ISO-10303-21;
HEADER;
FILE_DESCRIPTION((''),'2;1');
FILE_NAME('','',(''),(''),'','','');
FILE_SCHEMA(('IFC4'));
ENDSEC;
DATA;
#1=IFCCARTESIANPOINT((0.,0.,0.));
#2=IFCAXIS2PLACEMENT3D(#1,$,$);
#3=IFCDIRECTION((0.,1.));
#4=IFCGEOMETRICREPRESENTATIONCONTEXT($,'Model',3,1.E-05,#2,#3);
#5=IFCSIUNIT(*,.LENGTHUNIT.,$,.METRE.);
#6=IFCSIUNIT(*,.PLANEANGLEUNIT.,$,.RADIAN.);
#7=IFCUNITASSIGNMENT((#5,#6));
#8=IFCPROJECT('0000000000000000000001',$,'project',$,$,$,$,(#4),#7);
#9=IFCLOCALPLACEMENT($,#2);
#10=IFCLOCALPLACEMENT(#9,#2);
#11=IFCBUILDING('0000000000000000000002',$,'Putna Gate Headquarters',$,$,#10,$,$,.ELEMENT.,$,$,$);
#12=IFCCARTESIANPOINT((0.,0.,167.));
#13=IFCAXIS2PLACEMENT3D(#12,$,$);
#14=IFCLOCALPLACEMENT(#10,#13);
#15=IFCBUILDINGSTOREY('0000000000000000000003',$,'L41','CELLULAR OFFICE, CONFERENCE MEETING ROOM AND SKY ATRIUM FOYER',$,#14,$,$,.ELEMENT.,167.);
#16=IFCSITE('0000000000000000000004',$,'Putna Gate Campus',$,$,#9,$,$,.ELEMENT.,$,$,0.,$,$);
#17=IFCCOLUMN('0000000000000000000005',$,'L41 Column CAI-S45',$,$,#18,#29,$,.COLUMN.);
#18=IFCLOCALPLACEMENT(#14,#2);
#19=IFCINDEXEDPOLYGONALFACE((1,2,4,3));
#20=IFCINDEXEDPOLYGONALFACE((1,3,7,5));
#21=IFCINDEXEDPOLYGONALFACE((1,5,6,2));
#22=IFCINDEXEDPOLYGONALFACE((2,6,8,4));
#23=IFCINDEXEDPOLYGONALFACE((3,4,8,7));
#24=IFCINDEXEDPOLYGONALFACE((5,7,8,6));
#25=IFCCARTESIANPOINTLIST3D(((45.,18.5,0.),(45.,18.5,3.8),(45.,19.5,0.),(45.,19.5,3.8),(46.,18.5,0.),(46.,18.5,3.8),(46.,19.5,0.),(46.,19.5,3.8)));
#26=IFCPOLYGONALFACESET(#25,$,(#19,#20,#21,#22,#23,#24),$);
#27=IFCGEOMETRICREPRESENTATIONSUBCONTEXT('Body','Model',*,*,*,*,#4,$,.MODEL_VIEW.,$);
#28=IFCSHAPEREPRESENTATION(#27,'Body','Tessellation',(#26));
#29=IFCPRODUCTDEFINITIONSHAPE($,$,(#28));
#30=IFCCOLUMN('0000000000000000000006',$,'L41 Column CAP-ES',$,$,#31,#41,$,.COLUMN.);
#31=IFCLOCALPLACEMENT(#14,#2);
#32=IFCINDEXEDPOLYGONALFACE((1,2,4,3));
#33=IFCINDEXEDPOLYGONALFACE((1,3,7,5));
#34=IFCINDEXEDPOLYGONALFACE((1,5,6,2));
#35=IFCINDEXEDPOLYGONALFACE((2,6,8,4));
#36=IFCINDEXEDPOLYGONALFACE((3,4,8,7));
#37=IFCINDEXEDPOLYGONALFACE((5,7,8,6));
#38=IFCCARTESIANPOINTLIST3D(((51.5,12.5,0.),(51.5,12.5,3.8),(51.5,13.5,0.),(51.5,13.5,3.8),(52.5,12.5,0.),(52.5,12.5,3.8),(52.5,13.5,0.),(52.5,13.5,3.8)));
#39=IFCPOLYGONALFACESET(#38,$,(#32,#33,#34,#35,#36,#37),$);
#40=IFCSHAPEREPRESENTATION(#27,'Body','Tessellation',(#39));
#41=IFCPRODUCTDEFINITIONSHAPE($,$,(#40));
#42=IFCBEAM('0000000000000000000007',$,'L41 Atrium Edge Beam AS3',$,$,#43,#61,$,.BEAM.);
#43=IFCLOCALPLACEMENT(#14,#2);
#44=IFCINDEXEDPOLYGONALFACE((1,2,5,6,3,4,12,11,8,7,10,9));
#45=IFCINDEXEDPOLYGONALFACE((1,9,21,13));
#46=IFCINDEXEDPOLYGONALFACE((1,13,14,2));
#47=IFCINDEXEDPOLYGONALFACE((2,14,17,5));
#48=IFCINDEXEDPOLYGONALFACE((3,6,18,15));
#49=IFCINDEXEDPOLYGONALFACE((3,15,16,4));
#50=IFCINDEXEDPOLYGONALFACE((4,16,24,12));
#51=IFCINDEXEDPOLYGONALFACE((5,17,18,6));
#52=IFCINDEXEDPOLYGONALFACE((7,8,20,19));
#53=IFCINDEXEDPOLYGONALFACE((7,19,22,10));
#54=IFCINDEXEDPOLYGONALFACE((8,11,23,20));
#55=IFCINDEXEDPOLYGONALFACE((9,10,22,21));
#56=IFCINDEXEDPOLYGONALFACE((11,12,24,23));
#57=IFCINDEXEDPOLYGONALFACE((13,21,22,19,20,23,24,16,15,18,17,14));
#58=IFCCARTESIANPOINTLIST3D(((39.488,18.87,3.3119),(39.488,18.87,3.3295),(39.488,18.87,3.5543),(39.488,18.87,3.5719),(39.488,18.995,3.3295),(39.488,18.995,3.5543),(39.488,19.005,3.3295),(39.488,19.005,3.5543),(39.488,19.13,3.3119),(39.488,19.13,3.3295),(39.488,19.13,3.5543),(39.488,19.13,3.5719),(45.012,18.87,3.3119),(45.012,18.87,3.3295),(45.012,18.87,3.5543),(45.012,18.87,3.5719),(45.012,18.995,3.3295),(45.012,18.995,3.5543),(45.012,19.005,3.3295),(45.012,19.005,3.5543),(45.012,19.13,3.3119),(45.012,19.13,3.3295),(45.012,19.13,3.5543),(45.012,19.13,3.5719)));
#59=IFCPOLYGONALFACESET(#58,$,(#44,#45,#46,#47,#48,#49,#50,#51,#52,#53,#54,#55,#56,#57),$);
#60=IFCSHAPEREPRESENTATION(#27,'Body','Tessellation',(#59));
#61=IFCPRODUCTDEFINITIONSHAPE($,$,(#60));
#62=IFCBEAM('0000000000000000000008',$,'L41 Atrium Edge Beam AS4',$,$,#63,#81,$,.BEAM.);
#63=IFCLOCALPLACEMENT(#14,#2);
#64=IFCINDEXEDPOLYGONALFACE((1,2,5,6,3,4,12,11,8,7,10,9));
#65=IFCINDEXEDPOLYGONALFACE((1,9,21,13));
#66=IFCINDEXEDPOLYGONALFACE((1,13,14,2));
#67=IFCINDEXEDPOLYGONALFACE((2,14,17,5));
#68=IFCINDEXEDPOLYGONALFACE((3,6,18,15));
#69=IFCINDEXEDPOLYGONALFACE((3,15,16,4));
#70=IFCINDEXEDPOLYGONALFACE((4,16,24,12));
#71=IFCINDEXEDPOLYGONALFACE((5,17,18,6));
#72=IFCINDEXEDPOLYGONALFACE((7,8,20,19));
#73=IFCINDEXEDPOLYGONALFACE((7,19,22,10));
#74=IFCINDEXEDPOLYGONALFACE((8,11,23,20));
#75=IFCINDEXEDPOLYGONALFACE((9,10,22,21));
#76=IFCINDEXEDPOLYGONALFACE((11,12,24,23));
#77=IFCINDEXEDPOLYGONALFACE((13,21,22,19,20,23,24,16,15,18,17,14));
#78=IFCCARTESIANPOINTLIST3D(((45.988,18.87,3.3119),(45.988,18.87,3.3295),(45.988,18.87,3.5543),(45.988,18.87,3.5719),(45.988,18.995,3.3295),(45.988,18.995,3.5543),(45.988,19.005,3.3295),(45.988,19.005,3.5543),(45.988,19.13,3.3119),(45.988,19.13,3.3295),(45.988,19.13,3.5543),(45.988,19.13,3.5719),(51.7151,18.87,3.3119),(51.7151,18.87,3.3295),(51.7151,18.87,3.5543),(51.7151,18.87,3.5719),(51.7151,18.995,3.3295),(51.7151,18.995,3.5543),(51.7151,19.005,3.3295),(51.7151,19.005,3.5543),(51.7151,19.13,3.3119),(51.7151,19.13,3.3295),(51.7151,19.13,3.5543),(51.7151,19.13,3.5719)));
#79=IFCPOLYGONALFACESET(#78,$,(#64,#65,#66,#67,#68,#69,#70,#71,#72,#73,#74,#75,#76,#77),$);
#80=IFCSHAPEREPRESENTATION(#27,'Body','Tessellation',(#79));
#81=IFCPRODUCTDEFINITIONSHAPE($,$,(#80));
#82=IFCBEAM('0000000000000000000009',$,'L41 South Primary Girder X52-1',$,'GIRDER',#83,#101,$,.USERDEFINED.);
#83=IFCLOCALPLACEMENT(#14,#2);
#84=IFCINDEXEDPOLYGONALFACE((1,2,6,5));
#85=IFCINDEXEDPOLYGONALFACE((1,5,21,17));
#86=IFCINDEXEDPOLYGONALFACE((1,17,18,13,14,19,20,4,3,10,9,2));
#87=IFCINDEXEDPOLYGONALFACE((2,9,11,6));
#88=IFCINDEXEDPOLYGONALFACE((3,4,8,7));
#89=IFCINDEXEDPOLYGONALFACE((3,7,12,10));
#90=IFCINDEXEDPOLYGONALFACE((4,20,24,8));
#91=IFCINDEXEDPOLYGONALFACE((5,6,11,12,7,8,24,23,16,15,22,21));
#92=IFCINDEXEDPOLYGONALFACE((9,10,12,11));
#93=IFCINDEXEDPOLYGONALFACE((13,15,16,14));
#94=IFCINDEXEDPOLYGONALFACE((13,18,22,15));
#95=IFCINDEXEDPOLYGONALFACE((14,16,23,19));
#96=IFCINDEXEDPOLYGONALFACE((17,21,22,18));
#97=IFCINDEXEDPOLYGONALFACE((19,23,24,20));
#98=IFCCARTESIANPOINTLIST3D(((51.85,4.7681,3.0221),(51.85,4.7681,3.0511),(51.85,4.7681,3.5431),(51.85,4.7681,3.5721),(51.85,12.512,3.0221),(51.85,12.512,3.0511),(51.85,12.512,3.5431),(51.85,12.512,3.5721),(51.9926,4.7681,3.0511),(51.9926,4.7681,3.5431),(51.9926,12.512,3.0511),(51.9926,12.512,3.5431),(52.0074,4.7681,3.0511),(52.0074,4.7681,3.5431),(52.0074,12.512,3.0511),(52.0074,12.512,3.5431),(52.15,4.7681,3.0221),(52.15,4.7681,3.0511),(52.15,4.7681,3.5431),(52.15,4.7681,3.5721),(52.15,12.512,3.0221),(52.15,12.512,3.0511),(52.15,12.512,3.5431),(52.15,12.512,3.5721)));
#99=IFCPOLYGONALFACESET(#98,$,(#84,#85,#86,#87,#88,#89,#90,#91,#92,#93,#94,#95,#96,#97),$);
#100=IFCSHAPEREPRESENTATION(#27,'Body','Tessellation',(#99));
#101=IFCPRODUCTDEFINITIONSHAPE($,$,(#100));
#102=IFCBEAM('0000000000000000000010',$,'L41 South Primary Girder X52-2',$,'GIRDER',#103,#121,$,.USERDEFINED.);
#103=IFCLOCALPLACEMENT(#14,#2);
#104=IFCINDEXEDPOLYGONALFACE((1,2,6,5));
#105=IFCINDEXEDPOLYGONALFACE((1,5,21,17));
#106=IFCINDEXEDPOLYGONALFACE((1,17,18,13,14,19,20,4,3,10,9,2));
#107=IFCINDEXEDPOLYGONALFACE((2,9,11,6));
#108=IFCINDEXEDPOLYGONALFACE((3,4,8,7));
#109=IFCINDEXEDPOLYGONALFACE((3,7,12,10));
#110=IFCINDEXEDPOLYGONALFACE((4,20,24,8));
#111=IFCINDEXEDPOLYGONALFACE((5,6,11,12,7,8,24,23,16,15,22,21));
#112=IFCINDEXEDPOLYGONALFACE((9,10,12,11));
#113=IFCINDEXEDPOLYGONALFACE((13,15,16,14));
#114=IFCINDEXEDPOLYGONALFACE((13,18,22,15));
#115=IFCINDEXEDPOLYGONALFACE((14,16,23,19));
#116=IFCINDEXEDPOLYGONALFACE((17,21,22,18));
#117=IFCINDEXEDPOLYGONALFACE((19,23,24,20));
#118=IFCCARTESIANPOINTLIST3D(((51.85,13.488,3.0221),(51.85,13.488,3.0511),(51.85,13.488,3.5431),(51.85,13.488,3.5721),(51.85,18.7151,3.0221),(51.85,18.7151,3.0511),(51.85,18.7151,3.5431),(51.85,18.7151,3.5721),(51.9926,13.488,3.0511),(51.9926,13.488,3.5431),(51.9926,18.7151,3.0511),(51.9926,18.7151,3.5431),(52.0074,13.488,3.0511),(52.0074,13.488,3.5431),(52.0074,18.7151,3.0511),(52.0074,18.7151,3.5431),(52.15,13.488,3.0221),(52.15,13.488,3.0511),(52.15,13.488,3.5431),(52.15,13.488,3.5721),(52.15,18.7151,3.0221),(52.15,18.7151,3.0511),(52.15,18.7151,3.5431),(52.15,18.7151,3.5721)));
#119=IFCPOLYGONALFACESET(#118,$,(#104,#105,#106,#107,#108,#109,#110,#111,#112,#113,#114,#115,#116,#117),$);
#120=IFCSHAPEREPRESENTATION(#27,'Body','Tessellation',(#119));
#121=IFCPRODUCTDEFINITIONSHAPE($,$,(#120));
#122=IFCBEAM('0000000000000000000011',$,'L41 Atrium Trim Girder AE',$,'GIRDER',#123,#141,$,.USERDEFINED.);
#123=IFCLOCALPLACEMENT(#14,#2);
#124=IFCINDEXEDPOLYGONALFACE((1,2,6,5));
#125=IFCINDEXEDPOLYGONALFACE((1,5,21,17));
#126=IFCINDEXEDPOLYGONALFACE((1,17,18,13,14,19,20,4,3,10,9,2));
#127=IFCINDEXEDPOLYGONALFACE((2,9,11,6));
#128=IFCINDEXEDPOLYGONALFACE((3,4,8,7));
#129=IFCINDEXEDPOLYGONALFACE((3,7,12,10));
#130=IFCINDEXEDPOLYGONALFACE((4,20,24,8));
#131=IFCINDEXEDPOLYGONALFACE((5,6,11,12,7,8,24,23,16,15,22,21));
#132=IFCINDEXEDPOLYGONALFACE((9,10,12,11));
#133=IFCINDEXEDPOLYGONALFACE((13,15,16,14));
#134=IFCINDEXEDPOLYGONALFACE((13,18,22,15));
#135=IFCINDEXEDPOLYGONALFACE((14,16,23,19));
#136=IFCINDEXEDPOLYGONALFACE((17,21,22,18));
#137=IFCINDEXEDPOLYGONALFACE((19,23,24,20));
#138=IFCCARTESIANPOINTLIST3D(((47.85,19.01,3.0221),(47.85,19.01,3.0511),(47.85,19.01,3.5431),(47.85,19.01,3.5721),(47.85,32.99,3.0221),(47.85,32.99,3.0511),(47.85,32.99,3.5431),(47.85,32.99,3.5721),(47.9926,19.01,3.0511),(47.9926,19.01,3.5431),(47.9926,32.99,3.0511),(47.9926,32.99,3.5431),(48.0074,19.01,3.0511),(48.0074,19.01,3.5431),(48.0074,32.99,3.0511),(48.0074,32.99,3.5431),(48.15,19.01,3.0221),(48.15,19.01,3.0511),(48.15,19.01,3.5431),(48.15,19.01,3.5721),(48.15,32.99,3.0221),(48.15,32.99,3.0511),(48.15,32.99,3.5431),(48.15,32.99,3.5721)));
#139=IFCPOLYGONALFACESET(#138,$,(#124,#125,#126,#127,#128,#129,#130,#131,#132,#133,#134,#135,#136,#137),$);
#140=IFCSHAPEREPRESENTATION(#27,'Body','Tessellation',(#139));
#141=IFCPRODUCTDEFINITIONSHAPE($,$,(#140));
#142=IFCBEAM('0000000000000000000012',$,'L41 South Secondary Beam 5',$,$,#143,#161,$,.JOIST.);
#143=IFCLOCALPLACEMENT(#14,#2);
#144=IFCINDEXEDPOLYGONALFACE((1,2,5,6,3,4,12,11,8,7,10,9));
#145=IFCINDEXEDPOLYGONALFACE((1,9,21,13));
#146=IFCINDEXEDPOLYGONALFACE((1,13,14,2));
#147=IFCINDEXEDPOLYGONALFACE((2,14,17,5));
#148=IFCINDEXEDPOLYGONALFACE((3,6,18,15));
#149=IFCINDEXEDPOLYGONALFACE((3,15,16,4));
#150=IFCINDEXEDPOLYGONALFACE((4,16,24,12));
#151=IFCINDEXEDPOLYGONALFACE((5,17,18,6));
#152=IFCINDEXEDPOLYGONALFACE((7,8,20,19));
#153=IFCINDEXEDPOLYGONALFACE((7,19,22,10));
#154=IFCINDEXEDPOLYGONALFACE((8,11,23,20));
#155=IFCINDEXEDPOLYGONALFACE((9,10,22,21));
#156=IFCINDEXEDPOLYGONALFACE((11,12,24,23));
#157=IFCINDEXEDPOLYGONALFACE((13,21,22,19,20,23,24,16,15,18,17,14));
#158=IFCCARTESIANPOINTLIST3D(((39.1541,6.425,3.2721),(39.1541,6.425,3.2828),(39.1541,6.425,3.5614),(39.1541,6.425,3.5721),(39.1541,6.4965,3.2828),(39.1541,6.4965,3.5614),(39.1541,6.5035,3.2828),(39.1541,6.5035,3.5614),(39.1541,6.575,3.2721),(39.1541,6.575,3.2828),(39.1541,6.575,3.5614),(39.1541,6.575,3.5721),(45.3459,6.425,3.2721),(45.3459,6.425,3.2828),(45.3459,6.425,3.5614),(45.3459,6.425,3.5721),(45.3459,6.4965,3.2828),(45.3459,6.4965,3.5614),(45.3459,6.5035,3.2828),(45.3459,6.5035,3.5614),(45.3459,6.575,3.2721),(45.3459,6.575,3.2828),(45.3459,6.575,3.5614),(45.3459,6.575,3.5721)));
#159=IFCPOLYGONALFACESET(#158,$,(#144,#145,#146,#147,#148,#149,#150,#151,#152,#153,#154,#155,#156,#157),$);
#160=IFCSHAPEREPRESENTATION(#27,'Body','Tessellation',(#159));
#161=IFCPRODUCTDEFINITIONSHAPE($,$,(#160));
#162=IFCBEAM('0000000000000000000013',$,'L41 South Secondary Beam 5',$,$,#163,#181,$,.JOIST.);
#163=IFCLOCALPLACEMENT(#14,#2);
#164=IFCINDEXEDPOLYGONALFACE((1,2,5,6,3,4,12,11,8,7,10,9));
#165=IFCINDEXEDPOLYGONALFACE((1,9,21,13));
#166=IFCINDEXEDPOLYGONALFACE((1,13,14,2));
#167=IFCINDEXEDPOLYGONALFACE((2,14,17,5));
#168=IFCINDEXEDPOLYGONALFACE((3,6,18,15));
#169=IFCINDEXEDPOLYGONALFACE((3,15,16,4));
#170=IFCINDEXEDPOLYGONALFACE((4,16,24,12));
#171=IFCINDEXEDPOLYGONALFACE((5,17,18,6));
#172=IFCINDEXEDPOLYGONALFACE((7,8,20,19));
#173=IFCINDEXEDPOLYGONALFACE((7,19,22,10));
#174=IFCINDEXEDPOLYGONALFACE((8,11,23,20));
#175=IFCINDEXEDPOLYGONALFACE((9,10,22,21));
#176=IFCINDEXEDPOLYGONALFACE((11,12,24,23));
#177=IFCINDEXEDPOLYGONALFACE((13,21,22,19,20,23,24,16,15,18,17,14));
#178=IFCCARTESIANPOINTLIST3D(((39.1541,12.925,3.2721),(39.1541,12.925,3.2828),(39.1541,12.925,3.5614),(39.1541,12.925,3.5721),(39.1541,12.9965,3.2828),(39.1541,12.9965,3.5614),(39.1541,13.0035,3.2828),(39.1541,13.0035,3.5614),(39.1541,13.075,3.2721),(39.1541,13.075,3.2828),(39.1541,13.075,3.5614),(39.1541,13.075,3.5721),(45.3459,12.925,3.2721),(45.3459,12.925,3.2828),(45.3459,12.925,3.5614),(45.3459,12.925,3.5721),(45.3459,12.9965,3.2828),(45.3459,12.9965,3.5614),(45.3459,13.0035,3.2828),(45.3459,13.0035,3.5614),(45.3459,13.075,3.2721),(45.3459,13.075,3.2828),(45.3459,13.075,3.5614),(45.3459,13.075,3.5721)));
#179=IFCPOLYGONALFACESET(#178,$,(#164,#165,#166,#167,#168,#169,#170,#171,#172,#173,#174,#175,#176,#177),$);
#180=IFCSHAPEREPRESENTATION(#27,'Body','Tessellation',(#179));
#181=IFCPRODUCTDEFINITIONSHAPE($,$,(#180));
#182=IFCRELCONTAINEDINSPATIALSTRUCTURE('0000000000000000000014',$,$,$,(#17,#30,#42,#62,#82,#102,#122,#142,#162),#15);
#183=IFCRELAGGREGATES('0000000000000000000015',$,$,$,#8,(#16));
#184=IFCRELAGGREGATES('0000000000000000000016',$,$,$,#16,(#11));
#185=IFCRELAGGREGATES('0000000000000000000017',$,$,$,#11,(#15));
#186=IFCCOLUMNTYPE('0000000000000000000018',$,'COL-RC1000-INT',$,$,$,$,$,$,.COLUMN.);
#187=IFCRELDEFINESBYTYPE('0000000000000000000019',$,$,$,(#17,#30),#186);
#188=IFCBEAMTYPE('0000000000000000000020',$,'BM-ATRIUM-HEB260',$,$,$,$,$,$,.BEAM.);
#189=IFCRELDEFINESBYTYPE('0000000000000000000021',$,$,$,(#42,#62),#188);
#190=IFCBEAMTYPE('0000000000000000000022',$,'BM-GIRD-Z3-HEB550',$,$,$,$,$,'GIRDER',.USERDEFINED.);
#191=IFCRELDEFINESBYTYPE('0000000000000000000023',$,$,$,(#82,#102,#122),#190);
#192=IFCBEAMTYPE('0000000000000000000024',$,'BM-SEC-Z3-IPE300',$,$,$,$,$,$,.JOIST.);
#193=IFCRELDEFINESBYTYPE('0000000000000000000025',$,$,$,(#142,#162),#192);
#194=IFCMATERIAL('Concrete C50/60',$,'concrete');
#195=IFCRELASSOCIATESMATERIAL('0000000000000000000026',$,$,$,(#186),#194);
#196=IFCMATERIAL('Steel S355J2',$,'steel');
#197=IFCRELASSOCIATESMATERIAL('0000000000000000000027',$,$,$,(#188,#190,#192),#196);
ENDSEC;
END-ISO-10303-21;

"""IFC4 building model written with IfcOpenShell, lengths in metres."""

from ifc_helpers import new_model, si_unit, direction, frame, origin, origin_2d, place, context, subcontext, project, spatial, rectangle, i_section, extrude, material, material_profile, profile_set, type_object, element, save


model = new_model("IFC4")

# Units and contexts
model_context = context("Model", 3, precision=1e-05, world=origin(), true_north=direction((0.0, 1.0)))
body_context = subcontext(model_context, "Body", "Model", "MODEL_VIEW")
ifc_project = project(units=[si_unit("LENGTHUNIT", "METRE"), si_unit("PLANEANGLEUNIT", "RADIAN")], contexts=[model_context])

# Site, building, storey
site_placement = place(None, origin())
site = spatial("IfcSite", under=ifc_project, at=site_placement, Name="Putna Gate Campus", CompositionType="ELEMENT", RefElevation=0.0)
building_placement = place(site_placement, origin())
building = spatial("IfcBuilding", under=site, at=building_placement, Name="Putna Gate Headquarters", CompositionType="ELEMENT")
storey_placement = place(building_placement, frame((0.0, 0.0, 167.0)))
storey = spatial("IfcBuildingStorey", under=building, at=storey_placement, Name="L41", Description="CELLULAR OFFICE, CONFERENCE MEETING ROOM AND SKY ATRIUM FOYER", CompositionType="ELEMENT", Elevation=167.0)

# Columns
ifc_material_1 = material(Name="Concrete C50/60", Category="concrete")
ifc_material_profile_1 = material_profile(ifc_material_1, rectangle(XDim=1.0, YDim=1.0, at=origin_2d()), Name="Concrete C50/60")
ifc_profile_set_1 = profile_set([ifc_material_profile_1], Name="Concrete C50/60")
column_type = type_object("IfcColumnType", Name="COL-RC1000-INT", PredefinedType="COLUMN", material=ifc_profile_set_1)
for number, where, z_axis, x_axis, name in (
    (1, (45.5, 19.0, 0.0), (0.0, 0.0, 1.0), (1.0, 0.0, 0.0), "L41 Column CAI-S45"),
    (2, (52.0, 13.0, 0.0), (0.0, 0.0, 1.0), (1.0, 0.0, 0.0), "L41 Column CAP-ES"),
):
    element("IfcColumn", number, at=place(storey_placement, frame(where, z_axis=z_axis, x_axis=x_axis)), inside=storey, type_object=column_type, Name=name, PredefinedType="COLUMN", context=body_context, shape_type="SweptSolid", body=[
        extrude(rectangle(XDim=1.0, YDim=1.0, at=origin_2d()), origin(), (0.0, 0.0, 1.0), 3.8),
    ])

# Beams
ifc_material_2 = material(Name="Steel S355J2", Category="steel")
ifc_material_profile_2 = material_profile(ifc_material_2, i_section(OverallWidth=0.26, OverallDepth=0.26, WebThickness=0.01, FlangeThickness=0.0176, at=origin_2d()), Name="Steel S355J2")
ifc_profile_set_2 = profile_set([ifc_material_profile_2], Name="Steel S355J2")
beam_type_1 = type_object("IfcBeamType", Name="BM-ATRIUM-HEB260", PredefinedType="BEAM", material=ifc_profile_set_2)
beam_1_placement = place(storey_placement, frame((39.488, 19.0, 3.4419), z_axis=(1.0, 0.0, 0.0), x_axis=(0.0, 1.0, 0.0)))
element("IfcBeam", 3, at=beam_1_placement, inside=storey, type_object=beam_type_1, Name="L41 Atrium Edge Beam AS3", PredefinedType="BEAM", context=body_context, shape_type="SweptSolid", body=[
    extrude(i_section(OverallWidth=0.26, OverallDepth=0.26, WebThickness=0.01, FlangeThickness=0.0176, at=origin_2d()), origin(), (0.0, 0.0, 1.0), 5.5239),
])
beam_2_placement = place(storey_placement, frame((45.988, 19.0, 3.4419), z_axis=(1.0, 0.0, 0.0), x_axis=(0.0, 1.0, 0.0)))
element("IfcBeam", 4, at=beam_2_placement, inside=storey, type_object=beam_type_1, Name="L41 Atrium Edge Beam AS4", PredefinedType="BEAM", context=body_context, shape_type="SweptSolid", body=[
    extrude(i_section(OverallWidth=0.26, OverallDepth=0.26, WebThickness=0.01, FlangeThickness=0.0176, at=origin_2d()), origin(), (0.0, 0.0, 1.0), 5.7271),
])
ifc_material_profile_3 = material_profile(ifc_material_2, i_section(OverallWidth=0.3, OverallDepth=0.55, WebThickness=0.0149, FlangeThickness=0.0291, at=origin_2d()), Name="Steel S355J2")
ifc_profile_set_3 = profile_set([ifc_material_profile_3], Name="Steel S355J2")
beam_type_2 = type_object("IfcBeamType", Name="BM-GIRD-Z3-HEB550", ElementType="GIRDER", PredefinedType="USERDEFINED", material=ifc_profile_set_3)
beam_3_placement = place(storey_placement, frame((52.0, 4.7681, 3.2971), z_axis=(0.0, 1.0, 0.0), x_axis=(-1.0, 0.0, 0.0)))
element("IfcBeam", 5, at=beam_3_placement, inside=storey, type_object=beam_type_2, Name="L41 South Primary Girder X52-1", ObjectType="GIRDER", PredefinedType="USERDEFINED", context=body_context, shape_type="SweptSolid", body=[
    extrude(i_section(OverallWidth=0.3, OverallDepth=0.55, WebThickness=0.0149, FlangeThickness=0.0291, at=origin_2d()), origin(), (0.0, 0.0, 1.0), 7.7439),
])
beam_4_placement = place(storey_placement, frame((52.0, 13.488, 3.2971), z_axis=(0.0, 1.0, 0.0), x_axis=(-1.0, 0.0, 0.0)))
element("IfcBeam", 6, at=beam_4_placement, inside=storey, type_object=beam_type_2, Name="L41 South Primary Girder X52-2", ObjectType="GIRDER", PredefinedType="USERDEFINED", context=body_context, shape_type="SweptSolid", body=[
    extrude(i_section(OverallWidth=0.3, OverallDepth=0.55, WebThickness=0.0149, FlangeThickness=0.0291, at=origin_2d()), origin(), (0.0, 0.0, 1.0), 5.2271),
])
beam_5_placement = place(storey_placement, frame((48.0, 19.01, 3.2971), z_axis=(0.0, 1.0, 0.0), x_axis=(-1.0, 0.0, 0.0)))
element("IfcBeam", 7, at=beam_5_placement, inside=storey, type_object=beam_type_2, Name="L41 Atrium Trim Girder AE", ObjectType="GIRDER", PredefinedType="USERDEFINED", context=body_context, shape_type="SweptSolid", body=[
    extrude(i_section(OverallWidth=0.3, OverallDepth=0.55, WebThickness=0.0149, FlangeThickness=0.0291, at=origin_2d()), origin(), (0.0, 0.0, 1.0), 13.98),
])
ifc_material_profile_4 = material_profile(ifc_material_2, i_section(OverallWidth=0.1499, OverallDepth=0.3, WebThickness=0.0071, FlangeThickness=0.0107, at=origin_2d()), Name="Steel S355J2")
ifc_profile_set_4 = profile_set([ifc_material_profile_4], Name="Steel S355J2")
beam_type_3 = type_object("IfcBeamType", Name="BM-SEC-Z3-IPE300", PredefinedType="JOIST", material=ifc_profile_set_4)
for number, where, z_axis, x_axis, name in (
    (8, (39.1541, 6.5, 3.4221), (1.0, 0.0, 0.0), (0.0, 1.0, 0.0), "L41 South Secondary Beam 5"),
    (9, (39.1541, 13.0, 3.4221), (1.0, 0.0, 0.0), (0.0, 1.0, 0.0), "L41 South Secondary Beam 5"),
):
    element("IfcBeam", number, at=place(storey_placement, frame(where, z_axis=z_axis, x_axis=x_axis)), inside=storey, type_object=beam_type_3, Name=name, PredefinedType="JOIST", context=body_context, shape_type="SweptSolid", body=[
        extrude(i_section(OverallWidth=0.1499, OverallDepth=0.3, WebThickness=0.0071, FlangeThickness=0.0107, at=origin_2d()), origin(), (0.0, 0.0, 1.0), 6.1919),
    ])

save(model, "model.ifc")
